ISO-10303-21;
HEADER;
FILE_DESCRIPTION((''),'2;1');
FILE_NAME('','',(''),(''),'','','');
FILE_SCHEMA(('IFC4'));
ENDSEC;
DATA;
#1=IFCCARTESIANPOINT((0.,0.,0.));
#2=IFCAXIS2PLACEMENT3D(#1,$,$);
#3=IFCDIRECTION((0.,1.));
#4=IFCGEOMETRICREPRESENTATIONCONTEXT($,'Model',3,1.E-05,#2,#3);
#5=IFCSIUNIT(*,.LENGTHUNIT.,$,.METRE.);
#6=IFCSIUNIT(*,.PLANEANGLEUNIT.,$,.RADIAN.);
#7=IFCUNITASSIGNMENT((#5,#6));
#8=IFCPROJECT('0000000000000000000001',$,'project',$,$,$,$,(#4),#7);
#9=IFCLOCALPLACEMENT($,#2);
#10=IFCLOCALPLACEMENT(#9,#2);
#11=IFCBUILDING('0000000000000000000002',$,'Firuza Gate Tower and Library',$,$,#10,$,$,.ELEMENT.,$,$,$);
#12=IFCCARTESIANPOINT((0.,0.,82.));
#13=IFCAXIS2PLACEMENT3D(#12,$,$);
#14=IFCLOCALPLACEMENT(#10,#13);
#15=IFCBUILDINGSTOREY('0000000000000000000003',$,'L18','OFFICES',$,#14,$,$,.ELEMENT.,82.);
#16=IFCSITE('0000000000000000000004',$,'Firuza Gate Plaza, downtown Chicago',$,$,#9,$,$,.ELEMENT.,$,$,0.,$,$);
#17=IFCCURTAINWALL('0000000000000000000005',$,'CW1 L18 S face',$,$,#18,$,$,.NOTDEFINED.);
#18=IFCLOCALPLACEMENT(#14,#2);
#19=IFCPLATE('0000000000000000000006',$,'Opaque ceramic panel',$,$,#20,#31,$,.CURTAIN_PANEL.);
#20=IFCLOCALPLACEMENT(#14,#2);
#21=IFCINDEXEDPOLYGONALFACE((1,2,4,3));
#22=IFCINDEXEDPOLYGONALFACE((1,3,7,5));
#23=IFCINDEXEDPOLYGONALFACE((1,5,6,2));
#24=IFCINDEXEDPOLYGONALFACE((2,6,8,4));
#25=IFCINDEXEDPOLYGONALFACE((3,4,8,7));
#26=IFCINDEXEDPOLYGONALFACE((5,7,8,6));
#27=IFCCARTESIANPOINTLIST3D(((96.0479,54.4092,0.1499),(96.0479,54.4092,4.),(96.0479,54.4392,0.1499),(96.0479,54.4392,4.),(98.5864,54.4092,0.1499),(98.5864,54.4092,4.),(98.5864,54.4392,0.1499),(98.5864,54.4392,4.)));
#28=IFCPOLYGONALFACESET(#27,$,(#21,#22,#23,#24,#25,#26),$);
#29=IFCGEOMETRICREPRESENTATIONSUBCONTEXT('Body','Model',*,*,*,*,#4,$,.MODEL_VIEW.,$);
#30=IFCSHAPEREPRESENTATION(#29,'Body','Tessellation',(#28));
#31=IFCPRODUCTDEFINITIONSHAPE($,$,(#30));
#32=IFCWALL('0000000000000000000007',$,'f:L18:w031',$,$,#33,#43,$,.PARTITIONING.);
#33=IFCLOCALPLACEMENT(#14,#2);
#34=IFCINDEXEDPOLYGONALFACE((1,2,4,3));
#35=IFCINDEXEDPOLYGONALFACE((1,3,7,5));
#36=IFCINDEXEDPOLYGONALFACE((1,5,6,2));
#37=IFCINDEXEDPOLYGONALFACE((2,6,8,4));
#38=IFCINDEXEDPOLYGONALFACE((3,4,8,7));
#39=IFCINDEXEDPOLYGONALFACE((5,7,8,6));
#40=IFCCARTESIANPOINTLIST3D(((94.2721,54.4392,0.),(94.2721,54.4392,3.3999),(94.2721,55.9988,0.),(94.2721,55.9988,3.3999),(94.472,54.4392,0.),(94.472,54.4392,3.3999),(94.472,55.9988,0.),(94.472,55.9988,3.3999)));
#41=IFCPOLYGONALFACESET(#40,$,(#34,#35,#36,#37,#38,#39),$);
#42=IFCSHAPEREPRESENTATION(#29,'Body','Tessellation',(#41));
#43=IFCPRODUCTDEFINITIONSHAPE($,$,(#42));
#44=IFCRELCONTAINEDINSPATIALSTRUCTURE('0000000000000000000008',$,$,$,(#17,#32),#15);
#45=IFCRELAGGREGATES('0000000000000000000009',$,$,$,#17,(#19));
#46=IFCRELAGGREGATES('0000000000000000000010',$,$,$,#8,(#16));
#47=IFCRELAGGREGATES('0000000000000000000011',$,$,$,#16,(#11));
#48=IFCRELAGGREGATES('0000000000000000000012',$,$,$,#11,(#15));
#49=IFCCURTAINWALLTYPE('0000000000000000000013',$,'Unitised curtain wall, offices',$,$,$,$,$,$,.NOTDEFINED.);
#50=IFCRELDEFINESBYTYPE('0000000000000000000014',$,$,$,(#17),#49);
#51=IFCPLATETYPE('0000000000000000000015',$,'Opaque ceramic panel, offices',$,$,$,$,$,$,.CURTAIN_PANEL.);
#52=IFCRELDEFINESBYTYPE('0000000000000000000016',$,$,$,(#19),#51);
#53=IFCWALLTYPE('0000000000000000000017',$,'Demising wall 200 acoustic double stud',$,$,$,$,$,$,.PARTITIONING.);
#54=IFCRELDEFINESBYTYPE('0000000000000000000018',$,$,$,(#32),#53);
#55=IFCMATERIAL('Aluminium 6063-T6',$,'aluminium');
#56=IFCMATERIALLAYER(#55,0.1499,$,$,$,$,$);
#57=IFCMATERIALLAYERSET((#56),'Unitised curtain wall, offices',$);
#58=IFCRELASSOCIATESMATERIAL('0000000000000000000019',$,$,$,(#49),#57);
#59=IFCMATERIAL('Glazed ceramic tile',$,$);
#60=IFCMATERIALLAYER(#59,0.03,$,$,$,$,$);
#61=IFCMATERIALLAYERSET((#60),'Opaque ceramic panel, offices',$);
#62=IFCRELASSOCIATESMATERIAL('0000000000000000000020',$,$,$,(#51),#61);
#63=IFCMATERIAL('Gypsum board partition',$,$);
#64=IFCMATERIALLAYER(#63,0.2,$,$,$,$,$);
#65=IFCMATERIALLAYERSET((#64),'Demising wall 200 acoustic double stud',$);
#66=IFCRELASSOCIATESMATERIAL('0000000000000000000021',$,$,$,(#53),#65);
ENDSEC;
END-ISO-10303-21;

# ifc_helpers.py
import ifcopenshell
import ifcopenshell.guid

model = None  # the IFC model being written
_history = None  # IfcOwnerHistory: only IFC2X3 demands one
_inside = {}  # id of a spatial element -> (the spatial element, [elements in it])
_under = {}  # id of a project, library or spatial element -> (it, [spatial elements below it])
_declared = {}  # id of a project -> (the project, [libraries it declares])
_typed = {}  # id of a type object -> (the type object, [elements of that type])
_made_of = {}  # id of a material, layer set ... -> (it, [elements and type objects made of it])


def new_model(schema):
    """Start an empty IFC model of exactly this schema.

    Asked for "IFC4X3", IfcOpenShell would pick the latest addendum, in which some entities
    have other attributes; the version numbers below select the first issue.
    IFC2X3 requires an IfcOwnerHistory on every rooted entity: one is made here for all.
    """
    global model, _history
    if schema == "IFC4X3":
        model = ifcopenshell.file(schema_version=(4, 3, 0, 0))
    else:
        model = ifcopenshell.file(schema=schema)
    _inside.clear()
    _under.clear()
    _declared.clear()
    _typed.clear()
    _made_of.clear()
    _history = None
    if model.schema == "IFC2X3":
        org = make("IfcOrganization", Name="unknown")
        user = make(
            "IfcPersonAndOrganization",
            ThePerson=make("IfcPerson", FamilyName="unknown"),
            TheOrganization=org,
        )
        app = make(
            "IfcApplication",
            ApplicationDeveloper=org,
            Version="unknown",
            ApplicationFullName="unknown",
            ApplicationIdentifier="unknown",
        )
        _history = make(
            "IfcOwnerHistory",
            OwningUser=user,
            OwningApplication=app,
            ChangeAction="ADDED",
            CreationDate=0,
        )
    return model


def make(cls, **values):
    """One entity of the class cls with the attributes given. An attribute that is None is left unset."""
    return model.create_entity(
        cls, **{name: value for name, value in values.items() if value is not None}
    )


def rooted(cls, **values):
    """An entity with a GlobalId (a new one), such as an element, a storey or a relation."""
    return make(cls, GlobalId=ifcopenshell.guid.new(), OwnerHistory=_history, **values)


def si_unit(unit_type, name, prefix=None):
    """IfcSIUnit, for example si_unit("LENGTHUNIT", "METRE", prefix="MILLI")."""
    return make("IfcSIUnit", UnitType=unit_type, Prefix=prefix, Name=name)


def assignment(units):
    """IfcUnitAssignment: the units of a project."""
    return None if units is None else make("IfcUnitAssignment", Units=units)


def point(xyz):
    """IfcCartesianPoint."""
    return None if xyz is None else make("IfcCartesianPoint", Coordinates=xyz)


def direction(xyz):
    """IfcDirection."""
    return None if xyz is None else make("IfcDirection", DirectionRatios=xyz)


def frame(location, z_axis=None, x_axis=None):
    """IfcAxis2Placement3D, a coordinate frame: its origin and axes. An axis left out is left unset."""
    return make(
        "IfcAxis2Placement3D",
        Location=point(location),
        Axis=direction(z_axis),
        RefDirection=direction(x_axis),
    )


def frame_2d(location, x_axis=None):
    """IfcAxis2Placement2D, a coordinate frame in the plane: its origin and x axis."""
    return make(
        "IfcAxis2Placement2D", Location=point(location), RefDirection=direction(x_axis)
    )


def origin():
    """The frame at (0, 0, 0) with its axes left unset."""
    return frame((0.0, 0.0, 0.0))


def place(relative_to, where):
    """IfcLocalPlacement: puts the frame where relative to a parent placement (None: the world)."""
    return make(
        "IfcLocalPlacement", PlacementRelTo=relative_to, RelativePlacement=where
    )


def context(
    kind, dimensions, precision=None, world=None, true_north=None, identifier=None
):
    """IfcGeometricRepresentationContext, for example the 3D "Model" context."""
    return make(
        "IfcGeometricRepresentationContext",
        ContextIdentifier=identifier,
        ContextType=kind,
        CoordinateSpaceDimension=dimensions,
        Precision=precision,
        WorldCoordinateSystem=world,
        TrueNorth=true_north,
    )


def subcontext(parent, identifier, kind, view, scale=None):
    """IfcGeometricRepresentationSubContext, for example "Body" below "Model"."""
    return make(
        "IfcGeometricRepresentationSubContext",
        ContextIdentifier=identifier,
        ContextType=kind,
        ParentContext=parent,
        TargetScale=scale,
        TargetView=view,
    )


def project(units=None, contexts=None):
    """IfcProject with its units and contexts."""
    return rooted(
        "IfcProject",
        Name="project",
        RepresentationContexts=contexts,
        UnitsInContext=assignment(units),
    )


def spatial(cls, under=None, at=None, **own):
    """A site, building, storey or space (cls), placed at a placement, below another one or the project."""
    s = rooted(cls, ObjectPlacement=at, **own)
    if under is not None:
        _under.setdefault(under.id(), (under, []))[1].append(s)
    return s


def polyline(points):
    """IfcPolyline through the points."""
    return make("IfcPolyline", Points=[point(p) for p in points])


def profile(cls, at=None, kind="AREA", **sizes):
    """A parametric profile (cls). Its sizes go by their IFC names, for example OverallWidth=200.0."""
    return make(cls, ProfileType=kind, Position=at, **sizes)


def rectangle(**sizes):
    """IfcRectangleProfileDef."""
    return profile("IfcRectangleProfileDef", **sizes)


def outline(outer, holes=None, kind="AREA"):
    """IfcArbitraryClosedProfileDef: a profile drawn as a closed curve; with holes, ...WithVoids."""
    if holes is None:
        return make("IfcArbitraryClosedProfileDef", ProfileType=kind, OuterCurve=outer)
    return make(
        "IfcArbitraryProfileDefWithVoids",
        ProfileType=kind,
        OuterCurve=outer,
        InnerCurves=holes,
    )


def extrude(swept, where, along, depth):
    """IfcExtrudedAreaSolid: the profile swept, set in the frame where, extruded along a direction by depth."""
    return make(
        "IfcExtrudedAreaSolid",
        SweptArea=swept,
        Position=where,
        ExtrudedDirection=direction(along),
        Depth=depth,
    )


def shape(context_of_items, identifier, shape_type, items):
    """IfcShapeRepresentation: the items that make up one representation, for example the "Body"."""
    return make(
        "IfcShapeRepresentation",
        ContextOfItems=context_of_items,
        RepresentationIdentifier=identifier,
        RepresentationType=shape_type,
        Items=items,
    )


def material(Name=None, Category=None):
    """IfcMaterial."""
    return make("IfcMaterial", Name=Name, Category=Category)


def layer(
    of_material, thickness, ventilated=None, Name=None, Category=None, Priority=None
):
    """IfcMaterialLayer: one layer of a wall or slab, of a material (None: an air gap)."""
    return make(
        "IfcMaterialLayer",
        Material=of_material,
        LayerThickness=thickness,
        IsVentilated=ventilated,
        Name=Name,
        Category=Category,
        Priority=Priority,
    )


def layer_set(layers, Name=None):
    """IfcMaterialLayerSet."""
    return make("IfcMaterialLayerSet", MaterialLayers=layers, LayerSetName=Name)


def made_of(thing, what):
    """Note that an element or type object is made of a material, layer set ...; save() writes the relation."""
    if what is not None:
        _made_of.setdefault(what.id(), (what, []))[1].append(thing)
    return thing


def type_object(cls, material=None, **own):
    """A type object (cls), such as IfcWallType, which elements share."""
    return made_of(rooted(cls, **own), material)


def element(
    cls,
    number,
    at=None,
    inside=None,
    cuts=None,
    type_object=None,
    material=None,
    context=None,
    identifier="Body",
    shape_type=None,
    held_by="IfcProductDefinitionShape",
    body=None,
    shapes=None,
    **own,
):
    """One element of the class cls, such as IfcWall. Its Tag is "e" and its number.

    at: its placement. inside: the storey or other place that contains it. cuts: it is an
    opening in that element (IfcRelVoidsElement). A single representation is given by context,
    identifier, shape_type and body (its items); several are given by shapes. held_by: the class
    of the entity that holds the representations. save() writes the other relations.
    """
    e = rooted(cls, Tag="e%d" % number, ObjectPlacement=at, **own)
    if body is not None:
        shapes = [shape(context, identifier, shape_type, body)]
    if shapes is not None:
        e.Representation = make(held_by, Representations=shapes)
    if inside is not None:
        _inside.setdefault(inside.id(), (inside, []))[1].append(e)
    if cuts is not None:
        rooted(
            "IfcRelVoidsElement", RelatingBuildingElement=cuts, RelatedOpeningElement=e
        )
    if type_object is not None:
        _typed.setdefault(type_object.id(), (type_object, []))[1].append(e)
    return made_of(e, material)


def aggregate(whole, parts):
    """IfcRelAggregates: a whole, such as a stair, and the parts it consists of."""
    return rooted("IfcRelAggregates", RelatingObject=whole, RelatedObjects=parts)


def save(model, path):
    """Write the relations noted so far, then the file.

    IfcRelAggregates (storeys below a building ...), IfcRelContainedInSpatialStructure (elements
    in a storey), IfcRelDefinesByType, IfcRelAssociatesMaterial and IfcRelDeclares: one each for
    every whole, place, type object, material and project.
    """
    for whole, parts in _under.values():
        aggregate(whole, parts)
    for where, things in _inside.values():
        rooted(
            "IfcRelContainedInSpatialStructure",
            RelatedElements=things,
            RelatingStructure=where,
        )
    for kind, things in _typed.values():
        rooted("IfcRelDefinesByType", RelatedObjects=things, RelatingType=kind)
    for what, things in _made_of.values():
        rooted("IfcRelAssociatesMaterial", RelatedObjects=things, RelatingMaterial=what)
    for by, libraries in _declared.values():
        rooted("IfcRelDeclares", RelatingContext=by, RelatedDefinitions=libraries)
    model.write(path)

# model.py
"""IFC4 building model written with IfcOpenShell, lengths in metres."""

from ifc_helpers import new_model, si_unit, direction, frame, frame_2d, origin, place, context, subcontext, project, spatial, polyline, rectangle, outline, extrude, material, layer, layer_set, type_object, element, aggregate, save


model = new_model("IFC4")

# Units and contexts
model_context = context("Model", 3, precision=1e-05, world=origin(), true_north=direction((0.0, 1.0)))
body_context = subcontext(model_context, "Body", "Model", "MODEL_VIEW")
ifc_project = project(units=[si_unit("LENGTHUNIT", "METRE"), si_unit("PLANEANGLEUNIT", "RADIAN")], contexts=[model_context])

# Site, building, storey
site_placement = place(None, origin())
site = spatial("IfcSite", under=ifc_project, at=site_placement, Name="Firuza Gate Plaza, downtown Chicago", CompositionType="ELEMENT", RefElevation=0.0)
building_placement = place(site_placement, origin())
building = spatial("IfcBuilding", under=site, at=building_placement, Name="Firuza Gate Tower and Library", CompositionType="ELEMENT")
storey_placement = place(building_placement, frame((0.0, 0.0, 82.0)))
storey = spatial("IfcBuildingStorey", under=building, at=storey_placement, Name="L18", Description="OFFICES", CompositionType="ELEMENT", Elevation=82.0)

# Curtain wall
ifc_material_1 = material(Name="Aluminium 6063-T6", Category="aluminium")
ifc_layer_1 = layer(ifc_material_1, 0.1499)
ifc_layer_set_1 = layer_set([ifc_layer_1], Name="Unitised curtain wall, offices")
curtain_wall_type = type_object("IfcCurtainWallType", Name="Unitised curtain wall, offices", PredefinedType="NOTDEFINED", material=ifc_layer_set_1)
curtain_wall_placement = place(storey_placement, origin())
curtain_wall = element("IfcCurtainWall", 1, at=curtain_wall_placement, inside=storey, type_object=curtain_wall_type, Name="CW1 L18 S face", PredefinedType="NOTDEFINED")

# Plate
ifc_material_2 = material(Name="Glazed ceramic tile")
ifc_layer_2 = layer(ifc_material_2, 0.03)
ifc_layer_set_2 = layer_set([ifc_layer_2], Name="Opaque ceramic panel, offices")
plate_type_1 = type_object("IfcPlateType", Name="Opaque ceramic panel, offices", PredefinedType="CURTAIN_PANEL", material=ifc_layer_set_2)
plate_1_placement = place(storey_placement, frame((96.0479, 54.4092, 0.1499), z_axis=(0.0, -1.0, 0.0), x_axis=(1.0, 0.0, 0.0)))
plate_1 = element("IfcPlate", 2, at=plate_1_placement, type_object=plate_type_1, Name="Opaque ceramic panel", PredefinedType="CURTAIN_PANEL", context=body_context, shape_type="SweptSolid", body=[
    extrude(outline(polyline([(0.0, 0.0), (2.5386, 0.0), (2.5386, 3.8501), (0.0, 3.8501), (0.0, 0.0)])), origin(), (0.0, 0.0, -1.0), 0.03),
])
aggregate(curtain_wall, [plate_1])

# Wall
ifc_material_3 = material(Name="Gypsum board partition")
ifc_layer_3 = layer(ifc_material_3, 0.2)
ifc_layer_set_3 = layer_set([ifc_layer_3], Name="Demising wall 200 acoustic double stud")
wall_type = type_object("IfcWallType", Name="Demising wall 200 acoustic double stud", PredefinedType="PARTITIONING", material=ifc_layer_set_3)
wall_placement = place(storey_placement, frame((94.3721, 54.4392, 0.0), z_axis=(0.0, 0.0, 1.0), x_axis=(0.0, 1.0, 0.0)))
element("IfcWall", 3, at=wall_placement, inside=storey, type_object=wall_type, Name="f:L18:w031", PredefinedType="PARTITIONING", context=body_context, shape_type="SweptSolid", body=[
    extrude(rectangle(XDim=1.5596, YDim=0.2, at=frame_2d((0.7798, 0.0))), origin(), (0.0, 0.0, 1.0), 3.3999),
])

save(model, "model.ifc")
